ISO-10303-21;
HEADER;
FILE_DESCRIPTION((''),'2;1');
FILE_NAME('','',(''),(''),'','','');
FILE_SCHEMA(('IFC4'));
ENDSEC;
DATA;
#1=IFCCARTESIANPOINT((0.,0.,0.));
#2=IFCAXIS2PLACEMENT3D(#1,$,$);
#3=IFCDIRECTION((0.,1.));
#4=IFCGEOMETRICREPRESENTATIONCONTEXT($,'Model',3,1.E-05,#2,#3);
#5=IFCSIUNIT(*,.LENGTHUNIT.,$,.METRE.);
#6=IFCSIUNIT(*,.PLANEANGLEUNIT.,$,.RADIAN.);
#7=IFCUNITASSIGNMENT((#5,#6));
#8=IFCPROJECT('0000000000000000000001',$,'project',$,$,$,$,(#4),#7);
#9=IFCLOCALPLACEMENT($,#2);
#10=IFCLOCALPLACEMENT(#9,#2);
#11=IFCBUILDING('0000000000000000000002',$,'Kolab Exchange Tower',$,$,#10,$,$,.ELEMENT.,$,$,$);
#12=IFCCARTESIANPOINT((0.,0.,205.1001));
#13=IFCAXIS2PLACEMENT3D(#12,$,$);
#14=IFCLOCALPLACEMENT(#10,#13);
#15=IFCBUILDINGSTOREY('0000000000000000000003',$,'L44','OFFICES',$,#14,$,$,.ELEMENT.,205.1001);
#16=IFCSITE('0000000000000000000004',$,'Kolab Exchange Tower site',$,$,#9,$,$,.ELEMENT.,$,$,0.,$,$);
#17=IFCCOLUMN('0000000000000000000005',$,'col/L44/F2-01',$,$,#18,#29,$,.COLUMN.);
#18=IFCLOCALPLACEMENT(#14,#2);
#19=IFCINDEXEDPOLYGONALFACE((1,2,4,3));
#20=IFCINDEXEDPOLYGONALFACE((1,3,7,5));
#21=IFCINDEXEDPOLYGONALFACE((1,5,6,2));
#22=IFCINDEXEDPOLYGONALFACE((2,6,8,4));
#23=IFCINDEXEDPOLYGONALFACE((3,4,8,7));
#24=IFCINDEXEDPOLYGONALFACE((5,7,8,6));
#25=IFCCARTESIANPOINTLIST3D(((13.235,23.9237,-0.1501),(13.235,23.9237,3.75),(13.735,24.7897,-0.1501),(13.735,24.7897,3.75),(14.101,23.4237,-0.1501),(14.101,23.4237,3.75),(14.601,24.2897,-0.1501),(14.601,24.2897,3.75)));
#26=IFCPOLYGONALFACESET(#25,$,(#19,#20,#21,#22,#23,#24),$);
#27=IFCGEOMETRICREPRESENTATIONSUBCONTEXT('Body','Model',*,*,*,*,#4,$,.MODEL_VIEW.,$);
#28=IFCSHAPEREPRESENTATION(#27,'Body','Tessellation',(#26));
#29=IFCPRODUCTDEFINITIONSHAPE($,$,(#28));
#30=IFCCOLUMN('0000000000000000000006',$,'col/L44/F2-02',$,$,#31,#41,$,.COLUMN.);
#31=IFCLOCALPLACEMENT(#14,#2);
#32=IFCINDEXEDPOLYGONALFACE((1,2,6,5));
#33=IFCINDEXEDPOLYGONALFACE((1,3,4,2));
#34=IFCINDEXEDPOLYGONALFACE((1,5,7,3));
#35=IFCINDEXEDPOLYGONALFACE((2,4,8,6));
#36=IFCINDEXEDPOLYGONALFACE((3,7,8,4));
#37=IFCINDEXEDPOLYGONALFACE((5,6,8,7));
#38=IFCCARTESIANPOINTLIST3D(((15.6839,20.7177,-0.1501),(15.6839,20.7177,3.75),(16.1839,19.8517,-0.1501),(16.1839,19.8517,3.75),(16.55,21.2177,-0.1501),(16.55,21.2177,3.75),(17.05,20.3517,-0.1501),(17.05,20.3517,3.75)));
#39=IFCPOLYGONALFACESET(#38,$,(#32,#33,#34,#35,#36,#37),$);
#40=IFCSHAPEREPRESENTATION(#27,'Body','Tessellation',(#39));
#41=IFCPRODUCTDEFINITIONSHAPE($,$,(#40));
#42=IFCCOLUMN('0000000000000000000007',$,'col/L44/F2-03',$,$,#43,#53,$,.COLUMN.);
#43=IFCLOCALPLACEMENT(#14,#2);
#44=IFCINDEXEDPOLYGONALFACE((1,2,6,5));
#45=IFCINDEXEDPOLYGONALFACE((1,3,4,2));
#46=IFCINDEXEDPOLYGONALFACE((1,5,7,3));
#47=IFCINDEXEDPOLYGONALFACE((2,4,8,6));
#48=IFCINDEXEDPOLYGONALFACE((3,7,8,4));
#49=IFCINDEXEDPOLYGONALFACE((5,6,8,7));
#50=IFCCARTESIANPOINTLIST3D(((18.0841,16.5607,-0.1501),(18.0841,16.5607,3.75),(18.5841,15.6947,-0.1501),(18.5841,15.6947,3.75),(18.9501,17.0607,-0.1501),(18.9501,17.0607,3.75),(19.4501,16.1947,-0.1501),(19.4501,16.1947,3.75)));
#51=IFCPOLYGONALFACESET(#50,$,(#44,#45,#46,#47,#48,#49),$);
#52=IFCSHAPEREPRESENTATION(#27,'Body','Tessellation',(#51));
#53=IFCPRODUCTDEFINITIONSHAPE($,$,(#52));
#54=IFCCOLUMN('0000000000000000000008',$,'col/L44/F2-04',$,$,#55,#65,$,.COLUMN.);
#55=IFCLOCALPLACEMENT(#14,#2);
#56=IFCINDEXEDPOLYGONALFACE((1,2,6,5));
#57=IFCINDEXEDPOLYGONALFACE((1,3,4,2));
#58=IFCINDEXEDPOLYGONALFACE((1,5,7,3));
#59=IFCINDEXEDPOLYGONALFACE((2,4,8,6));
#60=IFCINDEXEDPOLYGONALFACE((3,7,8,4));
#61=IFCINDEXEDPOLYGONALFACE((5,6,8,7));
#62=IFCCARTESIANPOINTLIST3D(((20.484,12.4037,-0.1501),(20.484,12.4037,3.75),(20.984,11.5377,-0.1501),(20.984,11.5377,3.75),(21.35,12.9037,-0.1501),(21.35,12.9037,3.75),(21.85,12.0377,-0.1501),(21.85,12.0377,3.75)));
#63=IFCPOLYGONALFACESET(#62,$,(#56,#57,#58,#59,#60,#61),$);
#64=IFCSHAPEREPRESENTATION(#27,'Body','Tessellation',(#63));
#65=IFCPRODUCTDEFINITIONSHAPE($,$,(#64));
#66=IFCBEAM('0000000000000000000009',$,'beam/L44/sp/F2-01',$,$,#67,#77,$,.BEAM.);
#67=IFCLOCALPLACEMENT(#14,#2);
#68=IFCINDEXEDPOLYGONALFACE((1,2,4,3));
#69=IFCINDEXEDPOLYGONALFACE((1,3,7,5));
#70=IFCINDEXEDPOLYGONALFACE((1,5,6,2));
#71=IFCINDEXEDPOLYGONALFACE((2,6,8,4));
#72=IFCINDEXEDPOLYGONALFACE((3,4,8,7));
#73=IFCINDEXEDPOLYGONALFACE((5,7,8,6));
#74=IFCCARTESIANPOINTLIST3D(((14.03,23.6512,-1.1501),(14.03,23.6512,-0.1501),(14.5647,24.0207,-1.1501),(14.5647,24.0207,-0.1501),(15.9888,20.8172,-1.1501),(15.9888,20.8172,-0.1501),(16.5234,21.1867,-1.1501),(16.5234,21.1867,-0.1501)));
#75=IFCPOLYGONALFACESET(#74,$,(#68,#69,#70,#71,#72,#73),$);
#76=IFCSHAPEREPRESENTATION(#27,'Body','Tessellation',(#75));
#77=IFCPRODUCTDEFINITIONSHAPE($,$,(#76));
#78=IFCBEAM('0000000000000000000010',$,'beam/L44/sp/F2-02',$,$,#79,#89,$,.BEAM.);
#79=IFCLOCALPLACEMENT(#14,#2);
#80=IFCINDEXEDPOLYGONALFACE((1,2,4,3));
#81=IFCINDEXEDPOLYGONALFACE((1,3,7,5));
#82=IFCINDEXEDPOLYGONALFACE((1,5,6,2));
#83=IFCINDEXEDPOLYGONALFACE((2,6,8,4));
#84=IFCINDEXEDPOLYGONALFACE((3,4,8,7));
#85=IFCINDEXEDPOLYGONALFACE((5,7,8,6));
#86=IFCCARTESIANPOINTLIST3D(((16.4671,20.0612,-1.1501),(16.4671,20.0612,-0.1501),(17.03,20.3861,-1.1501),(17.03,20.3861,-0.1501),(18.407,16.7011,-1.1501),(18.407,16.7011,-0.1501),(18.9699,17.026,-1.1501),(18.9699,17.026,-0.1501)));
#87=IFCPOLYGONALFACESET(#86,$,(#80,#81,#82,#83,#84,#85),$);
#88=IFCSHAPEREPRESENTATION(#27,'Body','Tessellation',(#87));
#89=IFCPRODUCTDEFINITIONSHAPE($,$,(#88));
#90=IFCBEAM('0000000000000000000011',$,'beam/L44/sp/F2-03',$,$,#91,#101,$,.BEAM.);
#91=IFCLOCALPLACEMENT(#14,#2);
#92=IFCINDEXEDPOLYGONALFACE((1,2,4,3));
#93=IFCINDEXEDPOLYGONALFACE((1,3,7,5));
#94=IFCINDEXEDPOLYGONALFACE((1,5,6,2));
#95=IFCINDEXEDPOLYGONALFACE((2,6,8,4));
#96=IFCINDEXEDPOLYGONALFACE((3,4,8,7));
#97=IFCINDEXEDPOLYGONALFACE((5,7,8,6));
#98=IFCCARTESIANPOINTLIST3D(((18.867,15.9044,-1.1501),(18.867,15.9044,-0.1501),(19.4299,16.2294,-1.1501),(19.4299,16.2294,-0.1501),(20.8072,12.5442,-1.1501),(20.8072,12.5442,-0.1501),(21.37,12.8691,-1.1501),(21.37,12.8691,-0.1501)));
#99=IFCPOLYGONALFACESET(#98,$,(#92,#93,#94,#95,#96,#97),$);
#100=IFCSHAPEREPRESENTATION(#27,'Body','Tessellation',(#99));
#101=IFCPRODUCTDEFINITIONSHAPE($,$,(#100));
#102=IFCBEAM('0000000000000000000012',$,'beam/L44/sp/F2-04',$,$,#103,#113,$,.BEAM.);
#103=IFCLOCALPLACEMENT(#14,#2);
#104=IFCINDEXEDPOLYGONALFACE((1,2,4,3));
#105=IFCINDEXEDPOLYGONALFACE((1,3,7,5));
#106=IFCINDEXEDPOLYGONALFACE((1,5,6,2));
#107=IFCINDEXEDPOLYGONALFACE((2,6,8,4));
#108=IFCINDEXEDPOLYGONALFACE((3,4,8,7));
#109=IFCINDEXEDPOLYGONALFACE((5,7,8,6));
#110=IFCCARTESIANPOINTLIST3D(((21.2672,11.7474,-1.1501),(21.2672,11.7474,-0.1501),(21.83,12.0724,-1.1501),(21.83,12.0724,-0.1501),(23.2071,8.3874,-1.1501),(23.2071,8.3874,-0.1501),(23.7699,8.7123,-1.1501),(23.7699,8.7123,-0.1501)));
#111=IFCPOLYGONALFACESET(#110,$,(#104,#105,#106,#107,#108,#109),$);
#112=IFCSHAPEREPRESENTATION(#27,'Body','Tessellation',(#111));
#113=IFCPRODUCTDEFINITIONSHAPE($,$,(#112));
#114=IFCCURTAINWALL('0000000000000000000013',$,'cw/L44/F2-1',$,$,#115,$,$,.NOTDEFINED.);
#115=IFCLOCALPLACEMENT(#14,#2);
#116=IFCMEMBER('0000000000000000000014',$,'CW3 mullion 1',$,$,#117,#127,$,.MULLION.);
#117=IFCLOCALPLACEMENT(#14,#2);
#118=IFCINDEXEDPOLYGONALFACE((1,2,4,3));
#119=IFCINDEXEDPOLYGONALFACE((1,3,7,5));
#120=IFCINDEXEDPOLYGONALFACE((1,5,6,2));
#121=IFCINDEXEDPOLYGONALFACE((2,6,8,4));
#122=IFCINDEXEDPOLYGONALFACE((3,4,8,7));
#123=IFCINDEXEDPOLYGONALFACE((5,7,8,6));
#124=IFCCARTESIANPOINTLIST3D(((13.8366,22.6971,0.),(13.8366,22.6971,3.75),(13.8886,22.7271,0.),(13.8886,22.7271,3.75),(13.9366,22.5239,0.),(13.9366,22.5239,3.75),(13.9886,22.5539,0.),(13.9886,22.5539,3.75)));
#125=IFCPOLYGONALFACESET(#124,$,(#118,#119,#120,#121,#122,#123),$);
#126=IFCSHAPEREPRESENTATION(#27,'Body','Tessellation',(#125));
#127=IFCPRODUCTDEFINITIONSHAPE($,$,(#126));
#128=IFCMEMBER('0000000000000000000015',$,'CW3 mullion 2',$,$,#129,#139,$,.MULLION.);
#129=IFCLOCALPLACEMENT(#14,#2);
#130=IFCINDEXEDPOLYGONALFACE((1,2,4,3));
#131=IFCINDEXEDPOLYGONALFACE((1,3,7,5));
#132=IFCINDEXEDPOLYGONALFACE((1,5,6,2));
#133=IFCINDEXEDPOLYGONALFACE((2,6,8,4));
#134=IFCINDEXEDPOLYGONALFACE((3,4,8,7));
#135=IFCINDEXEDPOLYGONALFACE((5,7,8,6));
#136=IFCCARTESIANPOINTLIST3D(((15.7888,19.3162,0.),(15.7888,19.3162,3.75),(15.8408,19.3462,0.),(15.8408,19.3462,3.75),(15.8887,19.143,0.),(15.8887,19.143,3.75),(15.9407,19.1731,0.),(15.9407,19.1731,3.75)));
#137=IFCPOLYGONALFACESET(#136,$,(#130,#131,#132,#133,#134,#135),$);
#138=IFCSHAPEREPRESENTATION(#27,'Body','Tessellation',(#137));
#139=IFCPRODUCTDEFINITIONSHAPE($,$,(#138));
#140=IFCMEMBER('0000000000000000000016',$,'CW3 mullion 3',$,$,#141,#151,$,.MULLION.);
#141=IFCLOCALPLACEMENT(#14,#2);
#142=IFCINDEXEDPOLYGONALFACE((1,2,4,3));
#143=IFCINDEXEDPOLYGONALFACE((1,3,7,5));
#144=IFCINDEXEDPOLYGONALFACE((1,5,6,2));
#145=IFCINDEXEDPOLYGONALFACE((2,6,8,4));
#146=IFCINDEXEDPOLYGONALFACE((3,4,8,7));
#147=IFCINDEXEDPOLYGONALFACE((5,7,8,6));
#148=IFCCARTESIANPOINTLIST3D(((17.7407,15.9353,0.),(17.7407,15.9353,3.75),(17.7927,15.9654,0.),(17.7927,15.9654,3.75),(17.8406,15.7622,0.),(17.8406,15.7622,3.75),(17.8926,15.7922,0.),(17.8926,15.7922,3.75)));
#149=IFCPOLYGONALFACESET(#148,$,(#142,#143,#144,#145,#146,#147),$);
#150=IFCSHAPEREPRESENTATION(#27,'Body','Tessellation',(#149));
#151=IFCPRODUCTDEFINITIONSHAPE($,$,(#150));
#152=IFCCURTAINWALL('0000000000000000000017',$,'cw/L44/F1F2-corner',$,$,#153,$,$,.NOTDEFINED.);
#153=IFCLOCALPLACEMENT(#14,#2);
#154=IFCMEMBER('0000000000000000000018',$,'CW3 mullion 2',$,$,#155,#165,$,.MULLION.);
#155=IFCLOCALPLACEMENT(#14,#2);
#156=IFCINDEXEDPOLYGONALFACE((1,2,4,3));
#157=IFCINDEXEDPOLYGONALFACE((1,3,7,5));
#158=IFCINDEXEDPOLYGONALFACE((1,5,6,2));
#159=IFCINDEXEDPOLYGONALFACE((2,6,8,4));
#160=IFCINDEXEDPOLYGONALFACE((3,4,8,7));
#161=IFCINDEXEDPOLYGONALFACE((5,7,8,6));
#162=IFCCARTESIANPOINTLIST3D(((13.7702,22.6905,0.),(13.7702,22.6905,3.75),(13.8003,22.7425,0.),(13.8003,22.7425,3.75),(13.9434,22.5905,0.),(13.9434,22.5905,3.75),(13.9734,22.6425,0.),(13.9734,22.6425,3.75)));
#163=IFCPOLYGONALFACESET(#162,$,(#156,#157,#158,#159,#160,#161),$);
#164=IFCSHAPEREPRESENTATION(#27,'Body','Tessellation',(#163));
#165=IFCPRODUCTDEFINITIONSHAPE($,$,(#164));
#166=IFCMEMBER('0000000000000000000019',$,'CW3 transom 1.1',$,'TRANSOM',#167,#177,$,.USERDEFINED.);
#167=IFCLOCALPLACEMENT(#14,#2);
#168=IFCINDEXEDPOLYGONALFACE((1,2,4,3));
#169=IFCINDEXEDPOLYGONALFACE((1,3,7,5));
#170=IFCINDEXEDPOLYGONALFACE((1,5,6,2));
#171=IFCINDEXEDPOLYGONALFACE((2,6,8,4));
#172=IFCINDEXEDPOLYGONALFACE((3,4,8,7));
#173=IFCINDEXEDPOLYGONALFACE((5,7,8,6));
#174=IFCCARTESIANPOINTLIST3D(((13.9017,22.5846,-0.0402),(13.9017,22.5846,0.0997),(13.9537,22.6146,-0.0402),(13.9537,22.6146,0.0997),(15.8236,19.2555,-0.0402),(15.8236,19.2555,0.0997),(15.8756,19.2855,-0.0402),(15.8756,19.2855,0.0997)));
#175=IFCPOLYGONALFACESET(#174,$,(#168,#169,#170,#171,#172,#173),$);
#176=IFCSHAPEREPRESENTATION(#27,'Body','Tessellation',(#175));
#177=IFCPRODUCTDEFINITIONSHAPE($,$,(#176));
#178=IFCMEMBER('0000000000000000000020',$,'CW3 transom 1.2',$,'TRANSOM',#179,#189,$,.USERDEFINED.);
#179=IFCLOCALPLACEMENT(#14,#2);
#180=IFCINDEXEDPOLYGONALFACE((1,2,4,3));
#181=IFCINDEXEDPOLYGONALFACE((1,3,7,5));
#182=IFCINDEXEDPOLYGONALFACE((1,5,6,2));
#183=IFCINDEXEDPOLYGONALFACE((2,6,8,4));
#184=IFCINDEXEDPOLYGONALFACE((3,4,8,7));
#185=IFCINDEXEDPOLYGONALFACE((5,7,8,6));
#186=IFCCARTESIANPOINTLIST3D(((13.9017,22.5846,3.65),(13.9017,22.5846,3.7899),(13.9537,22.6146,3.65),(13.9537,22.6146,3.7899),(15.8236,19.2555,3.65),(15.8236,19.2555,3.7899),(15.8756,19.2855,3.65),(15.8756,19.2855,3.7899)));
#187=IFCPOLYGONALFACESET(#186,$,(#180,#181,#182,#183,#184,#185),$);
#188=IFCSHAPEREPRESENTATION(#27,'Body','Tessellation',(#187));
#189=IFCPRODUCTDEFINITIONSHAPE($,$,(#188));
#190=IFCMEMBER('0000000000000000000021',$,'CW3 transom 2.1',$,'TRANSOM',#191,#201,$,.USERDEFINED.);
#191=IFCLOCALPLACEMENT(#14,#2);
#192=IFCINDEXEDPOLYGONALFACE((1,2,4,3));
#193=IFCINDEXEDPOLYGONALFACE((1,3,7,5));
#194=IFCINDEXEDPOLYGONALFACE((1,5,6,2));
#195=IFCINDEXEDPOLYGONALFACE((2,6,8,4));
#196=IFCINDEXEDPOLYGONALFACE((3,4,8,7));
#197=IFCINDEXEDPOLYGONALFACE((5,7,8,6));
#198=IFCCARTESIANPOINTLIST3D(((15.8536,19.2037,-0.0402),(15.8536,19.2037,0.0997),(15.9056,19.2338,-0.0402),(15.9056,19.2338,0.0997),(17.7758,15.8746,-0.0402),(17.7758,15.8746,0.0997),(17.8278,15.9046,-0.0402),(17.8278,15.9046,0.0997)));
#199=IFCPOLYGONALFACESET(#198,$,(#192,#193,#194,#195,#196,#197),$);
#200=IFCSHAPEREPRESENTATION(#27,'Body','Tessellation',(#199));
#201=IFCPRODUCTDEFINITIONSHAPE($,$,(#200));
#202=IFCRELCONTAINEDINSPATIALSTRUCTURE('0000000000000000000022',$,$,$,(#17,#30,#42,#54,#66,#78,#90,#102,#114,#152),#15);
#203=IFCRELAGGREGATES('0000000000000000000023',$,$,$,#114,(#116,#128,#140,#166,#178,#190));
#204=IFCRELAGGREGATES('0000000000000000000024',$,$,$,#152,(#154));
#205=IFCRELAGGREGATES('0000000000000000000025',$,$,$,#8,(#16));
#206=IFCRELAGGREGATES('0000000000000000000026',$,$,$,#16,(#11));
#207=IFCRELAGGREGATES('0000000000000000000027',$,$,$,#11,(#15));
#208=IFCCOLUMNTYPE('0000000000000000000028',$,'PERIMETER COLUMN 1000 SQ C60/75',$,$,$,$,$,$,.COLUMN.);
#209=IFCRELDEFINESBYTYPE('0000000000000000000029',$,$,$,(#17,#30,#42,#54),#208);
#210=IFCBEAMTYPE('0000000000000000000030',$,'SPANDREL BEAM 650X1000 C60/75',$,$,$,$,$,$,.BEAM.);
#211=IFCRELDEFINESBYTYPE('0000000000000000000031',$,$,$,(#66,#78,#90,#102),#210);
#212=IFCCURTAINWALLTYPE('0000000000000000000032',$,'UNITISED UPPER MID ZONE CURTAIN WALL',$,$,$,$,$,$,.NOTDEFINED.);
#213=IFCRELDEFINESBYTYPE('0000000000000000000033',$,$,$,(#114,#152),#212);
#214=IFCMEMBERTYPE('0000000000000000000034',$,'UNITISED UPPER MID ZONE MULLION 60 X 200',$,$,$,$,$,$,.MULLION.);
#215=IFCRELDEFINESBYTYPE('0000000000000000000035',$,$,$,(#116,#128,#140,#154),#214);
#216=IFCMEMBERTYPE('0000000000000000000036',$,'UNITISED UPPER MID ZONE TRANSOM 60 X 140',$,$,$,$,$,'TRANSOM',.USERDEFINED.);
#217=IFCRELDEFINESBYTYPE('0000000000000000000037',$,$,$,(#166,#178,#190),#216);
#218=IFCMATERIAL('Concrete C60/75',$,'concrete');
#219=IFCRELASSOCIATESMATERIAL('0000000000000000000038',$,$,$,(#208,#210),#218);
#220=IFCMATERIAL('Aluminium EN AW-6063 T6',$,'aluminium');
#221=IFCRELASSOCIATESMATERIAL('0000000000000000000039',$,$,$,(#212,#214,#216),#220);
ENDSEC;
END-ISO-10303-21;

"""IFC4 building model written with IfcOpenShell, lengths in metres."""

from ifc_helpers import new_model, si_unit, direction, frame, origin, origin_2d, place, context, subcontext, project, spatial, rectangle, extrude, material, material_profile, profile_set, type_object, element, aggregate, save


model = new_model("IFC4")

# Units and contexts
model_context = context("Model", 3, precision=1e-05, world=origin(), true_north=direction((0.0, 1.0)))
body_context = subcontext(model_context, "Body", "Model", "MODEL_VIEW")
ifc_project = project(units=[si_unit("LENGTHUNIT", "METRE"), si_unit("PLANEANGLEUNIT", "RADIAN")], contexts=[model_context])

# Site, building, storey
site_placement = place(None, origin())
site = spatial("IfcSite", under=ifc_project, at=site_placement, Name="Kolab Exchange Tower site", CompositionType="ELEMENT", RefElevation=0.0)
building_placement = place(site_placement, origin())
building = spatial("IfcBuilding", under=site, at=building_placement, Name="Kolab Exchange Tower", CompositionType="ELEMENT")
storey_placement = place(building_placement, frame((0.0, 0.0, 205.1001)))
storey = spatial("IfcBuildingStorey", under=building, at=storey_placement, Name="L44", Description="OFFICES", CompositionType="ELEMENT", Elevation=205.1001)

# Columns
ifc_material_1 = material(Name="Concrete C60/75", Category="concrete")
ifc_material_profile_1 = material_profile(ifc_material_1, rectangle(XDim=1.0, YDim=1.0, at=origin_2d()), Name="RC1000")
ifc_profile_set_1 = profile_set([ifc_material_profile_1], Name="Concrete C60/75")
column_type = type_object("IfcColumnType", Name="PERIMETER COLUMN 1000 SQ C60/75", PredefinedType="COLUMN", material=ifc_profile_set_1)
for number, where, z_axis, x_axis, name in (
    (1, (13.918, 24.1067, -0.1501), (0.0, 0.0, 1.0), (0.5, 0.866025, 0.0), "col/L44/F2-01"),
    (2, (16.3669, 20.5347, -0.1501), (0.0, 0.0, 1.0), (0.866025, 0.5, 0.0), "col/L44/F2-02"),
    (3, (18.7671, 16.3777, -0.1501), (0.0, 0.0, 1.0), (0.866025, 0.5, 0.0), "col/L44/F2-03"),
    (4, (21.167, 12.2207, -0.1501), (0.0, 0.0, 1.0), (0.866025, 0.5, 0.0), "col/L44/F2-04"),
):
    element("IfcColumn", number, at=place(storey_placement, frame(where, z_axis=z_axis, x_axis=x_axis)), inside=storey, type_object=column_type, Name=name, PredefinedType="COLUMN", context=body_context, shape_type="SweptSolid", body=[
        extrude(rectangle(XDim=1.0, YDim=1.0, at=origin_2d()), origin(), (0.0, 0.0, 1.0), 3.9001),
    ])

# Beams
ifc_material_profile_2 = material_profile(ifc_material_1, rectangle(XDim=0.6499, YDim=1.0, at=origin_2d()), Name="RC650X1000")
ifc_profile_set_2 = profile_set([ifc_material_profile_2], Name="Concrete C60/75")
beam_type = type_object("IfcBeamType", Name="SPANDREL BEAM 650X1000 C60/75", PredefinedType="BEAM", material=ifc_profile_set_2)
beam_1_placement = place(storey_placement, frame((14.2974, 23.8359, -0.6501), z_axis=(0.568572, -0.822633, 0.0), x_axis=(0.822633, 0.568572, 0.0)))
element("IfcBeam", 5, at=beam_1_placement, inside=storey, type_object=beam_type, Name="beam/L44/sp/F2-01", PredefinedType="BEAM", context=body_context, shape_type="SweptSolid", body=[
    extrude(rectangle(XDim=0.6499, YDim=1.0, at=origin_2d()), origin(), (0.0, 0.0, 1.0), 3.4451),
])
beam_2_placement = place(storey_placement, frame((16.7485, 20.2236, -0.6501), z_axis=(0.499997, -0.866027, 0.0), x_axis=(0.866027, 0.499997, 0.0)))
element("IfcBeam", 6, at=beam_2_placement, inside=storey, type_object=beam_type, Name="beam/L44/sp/F2-02", PredefinedType="BEAM", context=body_context, shape_type="SweptSolid", body=[
    extrude(rectangle(XDim=0.6499, YDim=1.0, at=origin_2d()), origin(), (0.0, 0.0, 1.0), 3.8799),
])
beam_3_placement = place(storey_placement, frame((19.1484, 16.0669, -0.6501), z_axis=(0.500017, -0.866016, 0.0), x_axis=(0.866016, 0.500017, 0.0)))
element("IfcBeam", 7, at=beam_3_placement, inside=storey, type_object=beam_type, Name="beam/L44/sp/F2-03", PredefinedType="BEAM", context=body_context, shape_type="SweptSolid", body=[
    extrude(rectangle(XDim=0.6499, YDim=1.0, at=origin_2d()), origin(), (0.0, 0.0, 1.0), 3.8801),
])
beam_4_placement = place(storey_placement, frame((21.5486, 11.9099, -0.6501), z_axis=(0.499997, -0.866027, 0.0), x_axis=(0.866027, 0.499997, 0.0)))
element("IfcBeam", 8, at=beam_4_placement, inside=storey, type_object=beam_type, Name="beam/L44/sp/F2-04", PredefinedType="BEAM", context=body_context, shape_type="SweptSolid", body=[
    extrude(rectangle(XDim=0.6499, YDim=1.0, at=origin_2d()), origin(), (0.0, 0.0, 1.0), 3.8799),
])

# Curtain wall, members
ifc_material_2 = material(Name="Aluminium EN AW-6063 T6", Category="aluminium")
curtain_wall_type = type_object("IfcCurtainWallType", Name="UNITISED UPPER MID ZONE CURTAIN WALL", PredefinedType="NOTDEFINED", material=ifc_material_2)
curtain_wall_1_placement = place(storey_placement, origin())
curtain_wall_1 = element("IfcCurtainWall", 9, at=curtain_wall_1_placement, inside=storey, type_object=curtain_wall_type, Name="cw/L44/F2-1", PredefinedType="NOTDEFINED")
ifc_material_profile_3 = material_profile(ifc_material_2, rectangle(XDim=0.0601, YDim=0.2, at=origin_2d()), Name="RECT 60X200")
ifc_profile_set_3 = profile_set([ifc_material_profile_3], Name="Aluminium EN AW-6063 T6")
member_type_1 = type_object("IfcMemberType", Name="UNITISED UPPER MID ZONE MULLION 60 X 200", PredefinedType="MULLION", material=ifc_profile_set_3)
member_1_placement = place(storey_placement, frame((13.9126, 22.6255, 0.0), z_axis=(0.0, 0.0, 1.0), x_axis=(0.866025, 0.5, 0.0)))
member_1 = element("IfcMember", 10, at=member_1_placement, type_object=member_type_1, Name="CW3 mullion 1", PredefinedType="MULLION", context=body_context, shape_type="SweptSolid", body=[
    extrude(rectangle(XDim=0.0601, YDim=0.2, at=origin_2d()), origin(), (0.0, 0.0, 1.0), 3.75),
])
member_2_placement = place(storey_placement, frame((15.8647, 19.2446, 0.0), z_axis=(0.0, 0.0, 1.0), x_axis=(0.866025, 0.5, 0.0)))
member_2 = element("IfcMember", 11, at=member_2_placement, type_object=member_type_1, Name="CW3 mullion 2", PredefinedType="MULLION", context=body_context, shape_type="SweptSolid", body=[
    extrude(rectangle(XDim=0.0601, YDim=0.2, at=origin_2d()), origin(), (0.0, 0.0, 1.0), 3.75),
])
member_3_placement = place(storey_placement, frame((17.8167, 15.8638, 0.0), z_axis=(0.0, 0.0, 1.0), x_axis=(0.866025, 0.5, 0.0)))
member_3 = element("IfcMember", 12, at=member_3_placement, type_object=member_type_1, Name="CW3 mullion 3", PredefinedType="MULLION", context=body_context, shape_type="SweptSolid", body=[
    extrude(rectangle(XDim=0.0601, YDim=0.2, at=origin_2d()), origin(), (0.0, 0.0, 1.0), 3.75),
])

# Curtain wall, member
curtain_wall_2_placement = place(storey_placement, origin())
curtain_wall_2 = element("IfcCurtainWall", 13, at=curtain_wall_2_placement, inside=storey, type_object=curtain_wall_type, Name="cw/L44/F1F2-corner", PredefinedType="NOTDEFINED")
member_4_placement = place(storey_placement, frame((13.8718, 22.6665, 0.0), z_axis=(0.0, 0.0, 1.0), x_axis=(0.5, 0.866025, 0.0)))
member_4 = element("IfcMember", 14, at=member_4_placement, type_object=member_type_1, Name="CW3 mullion 2", PredefinedType="MULLION", context=body_context, shape_type="SweptSolid", body=[
    extrude(rectangle(XDim=0.0601, YDim=0.2, at=origin_2d()), origin(), (0.0, 0.0, 1.0), 3.75),
])

# Members
ifc_material_profile_4 = material_profile(ifc_material_2, rectangle(XDim=0.0601, YDim=0.1399, at=origin_2d()), Name="RECT 60X140")
ifc_profile_set_4 = profile_set([ifc_material_profile_4], Name="Aluminium EN AW-6063 T6")
member_type_2 = type_object("IfcMemberType", Name="UNITISED UPPER MID ZONE TRANSOM 60 X 140", ElementType="TRANSOM", PredefinedType="USERDEFINED", material=ifc_profile_set_4)
member_5_placement = place(storey_placement, frame((13.9277, 22.5996, 0.0298), z_axis=(0.499964, -0.866046, 0.0), x_axis=(0.866046, 0.499964, 0.0)))
member_5 = element("IfcMember", 15, at=member_5_placement, type_object=member_type_2, Name="CW3 transom 1.1", ObjectType="TRANSOM", PredefinedType="USERDEFINED", context=body_context, shape_type="SweptSolid", body=[
    extrude(rectangle(XDim=0.0601, YDim=0.1399, at=origin_2d()), origin(), (0.0, 0.0, 1.0), 3.844),
])
member_6_placement = place(storey_placement, frame((13.9277, 22.5996, 3.72), z_axis=(0.499964, -0.866046, 0.0), x_axis=(0.866046, 0.499964, 0.0)))
member_6 = element("IfcMember", 16, at=member_6_placement, type_object=member_type_2, Name="CW3 transom 1.2", ObjectType="TRANSOM", PredefinedType="USERDEFINED", context=body_context, shape_type="SweptSolid", body=[
    extrude(rectangle(XDim=0.0601, YDim=0.1399, at=origin_2d()), origin(), (0.0, 0.0, 1.0), 3.844),
])
member_7_placement = place(storey_placement, frame((15.8796, 19.2188, 0.0298), z_axis=(0.500012, -0.866018, 0.0), x_axis=(0.866018, 0.500012, 0.0)))
member_7 = element("IfcMember", 17, at=member_7_placement, type_object=member_type_2, Name="CW3 transom 2.1", ObjectType="TRANSOM", PredefinedType="USERDEFINED", context=body_context, shape_type="SweptSolid", body=[
    extrude(rectangle(XDim=0.0601, YDim=0.1399, at=origin_2d()), origin(), (0.0, 0.0, 1.0), 3.8442),
])

aggregate(curtain_wall_1, [member_1, member_2, member_3, member_5, member_6, member_7])
aggregate(curtain_wall_2, [member_4])

save(model, "model.ifc")
